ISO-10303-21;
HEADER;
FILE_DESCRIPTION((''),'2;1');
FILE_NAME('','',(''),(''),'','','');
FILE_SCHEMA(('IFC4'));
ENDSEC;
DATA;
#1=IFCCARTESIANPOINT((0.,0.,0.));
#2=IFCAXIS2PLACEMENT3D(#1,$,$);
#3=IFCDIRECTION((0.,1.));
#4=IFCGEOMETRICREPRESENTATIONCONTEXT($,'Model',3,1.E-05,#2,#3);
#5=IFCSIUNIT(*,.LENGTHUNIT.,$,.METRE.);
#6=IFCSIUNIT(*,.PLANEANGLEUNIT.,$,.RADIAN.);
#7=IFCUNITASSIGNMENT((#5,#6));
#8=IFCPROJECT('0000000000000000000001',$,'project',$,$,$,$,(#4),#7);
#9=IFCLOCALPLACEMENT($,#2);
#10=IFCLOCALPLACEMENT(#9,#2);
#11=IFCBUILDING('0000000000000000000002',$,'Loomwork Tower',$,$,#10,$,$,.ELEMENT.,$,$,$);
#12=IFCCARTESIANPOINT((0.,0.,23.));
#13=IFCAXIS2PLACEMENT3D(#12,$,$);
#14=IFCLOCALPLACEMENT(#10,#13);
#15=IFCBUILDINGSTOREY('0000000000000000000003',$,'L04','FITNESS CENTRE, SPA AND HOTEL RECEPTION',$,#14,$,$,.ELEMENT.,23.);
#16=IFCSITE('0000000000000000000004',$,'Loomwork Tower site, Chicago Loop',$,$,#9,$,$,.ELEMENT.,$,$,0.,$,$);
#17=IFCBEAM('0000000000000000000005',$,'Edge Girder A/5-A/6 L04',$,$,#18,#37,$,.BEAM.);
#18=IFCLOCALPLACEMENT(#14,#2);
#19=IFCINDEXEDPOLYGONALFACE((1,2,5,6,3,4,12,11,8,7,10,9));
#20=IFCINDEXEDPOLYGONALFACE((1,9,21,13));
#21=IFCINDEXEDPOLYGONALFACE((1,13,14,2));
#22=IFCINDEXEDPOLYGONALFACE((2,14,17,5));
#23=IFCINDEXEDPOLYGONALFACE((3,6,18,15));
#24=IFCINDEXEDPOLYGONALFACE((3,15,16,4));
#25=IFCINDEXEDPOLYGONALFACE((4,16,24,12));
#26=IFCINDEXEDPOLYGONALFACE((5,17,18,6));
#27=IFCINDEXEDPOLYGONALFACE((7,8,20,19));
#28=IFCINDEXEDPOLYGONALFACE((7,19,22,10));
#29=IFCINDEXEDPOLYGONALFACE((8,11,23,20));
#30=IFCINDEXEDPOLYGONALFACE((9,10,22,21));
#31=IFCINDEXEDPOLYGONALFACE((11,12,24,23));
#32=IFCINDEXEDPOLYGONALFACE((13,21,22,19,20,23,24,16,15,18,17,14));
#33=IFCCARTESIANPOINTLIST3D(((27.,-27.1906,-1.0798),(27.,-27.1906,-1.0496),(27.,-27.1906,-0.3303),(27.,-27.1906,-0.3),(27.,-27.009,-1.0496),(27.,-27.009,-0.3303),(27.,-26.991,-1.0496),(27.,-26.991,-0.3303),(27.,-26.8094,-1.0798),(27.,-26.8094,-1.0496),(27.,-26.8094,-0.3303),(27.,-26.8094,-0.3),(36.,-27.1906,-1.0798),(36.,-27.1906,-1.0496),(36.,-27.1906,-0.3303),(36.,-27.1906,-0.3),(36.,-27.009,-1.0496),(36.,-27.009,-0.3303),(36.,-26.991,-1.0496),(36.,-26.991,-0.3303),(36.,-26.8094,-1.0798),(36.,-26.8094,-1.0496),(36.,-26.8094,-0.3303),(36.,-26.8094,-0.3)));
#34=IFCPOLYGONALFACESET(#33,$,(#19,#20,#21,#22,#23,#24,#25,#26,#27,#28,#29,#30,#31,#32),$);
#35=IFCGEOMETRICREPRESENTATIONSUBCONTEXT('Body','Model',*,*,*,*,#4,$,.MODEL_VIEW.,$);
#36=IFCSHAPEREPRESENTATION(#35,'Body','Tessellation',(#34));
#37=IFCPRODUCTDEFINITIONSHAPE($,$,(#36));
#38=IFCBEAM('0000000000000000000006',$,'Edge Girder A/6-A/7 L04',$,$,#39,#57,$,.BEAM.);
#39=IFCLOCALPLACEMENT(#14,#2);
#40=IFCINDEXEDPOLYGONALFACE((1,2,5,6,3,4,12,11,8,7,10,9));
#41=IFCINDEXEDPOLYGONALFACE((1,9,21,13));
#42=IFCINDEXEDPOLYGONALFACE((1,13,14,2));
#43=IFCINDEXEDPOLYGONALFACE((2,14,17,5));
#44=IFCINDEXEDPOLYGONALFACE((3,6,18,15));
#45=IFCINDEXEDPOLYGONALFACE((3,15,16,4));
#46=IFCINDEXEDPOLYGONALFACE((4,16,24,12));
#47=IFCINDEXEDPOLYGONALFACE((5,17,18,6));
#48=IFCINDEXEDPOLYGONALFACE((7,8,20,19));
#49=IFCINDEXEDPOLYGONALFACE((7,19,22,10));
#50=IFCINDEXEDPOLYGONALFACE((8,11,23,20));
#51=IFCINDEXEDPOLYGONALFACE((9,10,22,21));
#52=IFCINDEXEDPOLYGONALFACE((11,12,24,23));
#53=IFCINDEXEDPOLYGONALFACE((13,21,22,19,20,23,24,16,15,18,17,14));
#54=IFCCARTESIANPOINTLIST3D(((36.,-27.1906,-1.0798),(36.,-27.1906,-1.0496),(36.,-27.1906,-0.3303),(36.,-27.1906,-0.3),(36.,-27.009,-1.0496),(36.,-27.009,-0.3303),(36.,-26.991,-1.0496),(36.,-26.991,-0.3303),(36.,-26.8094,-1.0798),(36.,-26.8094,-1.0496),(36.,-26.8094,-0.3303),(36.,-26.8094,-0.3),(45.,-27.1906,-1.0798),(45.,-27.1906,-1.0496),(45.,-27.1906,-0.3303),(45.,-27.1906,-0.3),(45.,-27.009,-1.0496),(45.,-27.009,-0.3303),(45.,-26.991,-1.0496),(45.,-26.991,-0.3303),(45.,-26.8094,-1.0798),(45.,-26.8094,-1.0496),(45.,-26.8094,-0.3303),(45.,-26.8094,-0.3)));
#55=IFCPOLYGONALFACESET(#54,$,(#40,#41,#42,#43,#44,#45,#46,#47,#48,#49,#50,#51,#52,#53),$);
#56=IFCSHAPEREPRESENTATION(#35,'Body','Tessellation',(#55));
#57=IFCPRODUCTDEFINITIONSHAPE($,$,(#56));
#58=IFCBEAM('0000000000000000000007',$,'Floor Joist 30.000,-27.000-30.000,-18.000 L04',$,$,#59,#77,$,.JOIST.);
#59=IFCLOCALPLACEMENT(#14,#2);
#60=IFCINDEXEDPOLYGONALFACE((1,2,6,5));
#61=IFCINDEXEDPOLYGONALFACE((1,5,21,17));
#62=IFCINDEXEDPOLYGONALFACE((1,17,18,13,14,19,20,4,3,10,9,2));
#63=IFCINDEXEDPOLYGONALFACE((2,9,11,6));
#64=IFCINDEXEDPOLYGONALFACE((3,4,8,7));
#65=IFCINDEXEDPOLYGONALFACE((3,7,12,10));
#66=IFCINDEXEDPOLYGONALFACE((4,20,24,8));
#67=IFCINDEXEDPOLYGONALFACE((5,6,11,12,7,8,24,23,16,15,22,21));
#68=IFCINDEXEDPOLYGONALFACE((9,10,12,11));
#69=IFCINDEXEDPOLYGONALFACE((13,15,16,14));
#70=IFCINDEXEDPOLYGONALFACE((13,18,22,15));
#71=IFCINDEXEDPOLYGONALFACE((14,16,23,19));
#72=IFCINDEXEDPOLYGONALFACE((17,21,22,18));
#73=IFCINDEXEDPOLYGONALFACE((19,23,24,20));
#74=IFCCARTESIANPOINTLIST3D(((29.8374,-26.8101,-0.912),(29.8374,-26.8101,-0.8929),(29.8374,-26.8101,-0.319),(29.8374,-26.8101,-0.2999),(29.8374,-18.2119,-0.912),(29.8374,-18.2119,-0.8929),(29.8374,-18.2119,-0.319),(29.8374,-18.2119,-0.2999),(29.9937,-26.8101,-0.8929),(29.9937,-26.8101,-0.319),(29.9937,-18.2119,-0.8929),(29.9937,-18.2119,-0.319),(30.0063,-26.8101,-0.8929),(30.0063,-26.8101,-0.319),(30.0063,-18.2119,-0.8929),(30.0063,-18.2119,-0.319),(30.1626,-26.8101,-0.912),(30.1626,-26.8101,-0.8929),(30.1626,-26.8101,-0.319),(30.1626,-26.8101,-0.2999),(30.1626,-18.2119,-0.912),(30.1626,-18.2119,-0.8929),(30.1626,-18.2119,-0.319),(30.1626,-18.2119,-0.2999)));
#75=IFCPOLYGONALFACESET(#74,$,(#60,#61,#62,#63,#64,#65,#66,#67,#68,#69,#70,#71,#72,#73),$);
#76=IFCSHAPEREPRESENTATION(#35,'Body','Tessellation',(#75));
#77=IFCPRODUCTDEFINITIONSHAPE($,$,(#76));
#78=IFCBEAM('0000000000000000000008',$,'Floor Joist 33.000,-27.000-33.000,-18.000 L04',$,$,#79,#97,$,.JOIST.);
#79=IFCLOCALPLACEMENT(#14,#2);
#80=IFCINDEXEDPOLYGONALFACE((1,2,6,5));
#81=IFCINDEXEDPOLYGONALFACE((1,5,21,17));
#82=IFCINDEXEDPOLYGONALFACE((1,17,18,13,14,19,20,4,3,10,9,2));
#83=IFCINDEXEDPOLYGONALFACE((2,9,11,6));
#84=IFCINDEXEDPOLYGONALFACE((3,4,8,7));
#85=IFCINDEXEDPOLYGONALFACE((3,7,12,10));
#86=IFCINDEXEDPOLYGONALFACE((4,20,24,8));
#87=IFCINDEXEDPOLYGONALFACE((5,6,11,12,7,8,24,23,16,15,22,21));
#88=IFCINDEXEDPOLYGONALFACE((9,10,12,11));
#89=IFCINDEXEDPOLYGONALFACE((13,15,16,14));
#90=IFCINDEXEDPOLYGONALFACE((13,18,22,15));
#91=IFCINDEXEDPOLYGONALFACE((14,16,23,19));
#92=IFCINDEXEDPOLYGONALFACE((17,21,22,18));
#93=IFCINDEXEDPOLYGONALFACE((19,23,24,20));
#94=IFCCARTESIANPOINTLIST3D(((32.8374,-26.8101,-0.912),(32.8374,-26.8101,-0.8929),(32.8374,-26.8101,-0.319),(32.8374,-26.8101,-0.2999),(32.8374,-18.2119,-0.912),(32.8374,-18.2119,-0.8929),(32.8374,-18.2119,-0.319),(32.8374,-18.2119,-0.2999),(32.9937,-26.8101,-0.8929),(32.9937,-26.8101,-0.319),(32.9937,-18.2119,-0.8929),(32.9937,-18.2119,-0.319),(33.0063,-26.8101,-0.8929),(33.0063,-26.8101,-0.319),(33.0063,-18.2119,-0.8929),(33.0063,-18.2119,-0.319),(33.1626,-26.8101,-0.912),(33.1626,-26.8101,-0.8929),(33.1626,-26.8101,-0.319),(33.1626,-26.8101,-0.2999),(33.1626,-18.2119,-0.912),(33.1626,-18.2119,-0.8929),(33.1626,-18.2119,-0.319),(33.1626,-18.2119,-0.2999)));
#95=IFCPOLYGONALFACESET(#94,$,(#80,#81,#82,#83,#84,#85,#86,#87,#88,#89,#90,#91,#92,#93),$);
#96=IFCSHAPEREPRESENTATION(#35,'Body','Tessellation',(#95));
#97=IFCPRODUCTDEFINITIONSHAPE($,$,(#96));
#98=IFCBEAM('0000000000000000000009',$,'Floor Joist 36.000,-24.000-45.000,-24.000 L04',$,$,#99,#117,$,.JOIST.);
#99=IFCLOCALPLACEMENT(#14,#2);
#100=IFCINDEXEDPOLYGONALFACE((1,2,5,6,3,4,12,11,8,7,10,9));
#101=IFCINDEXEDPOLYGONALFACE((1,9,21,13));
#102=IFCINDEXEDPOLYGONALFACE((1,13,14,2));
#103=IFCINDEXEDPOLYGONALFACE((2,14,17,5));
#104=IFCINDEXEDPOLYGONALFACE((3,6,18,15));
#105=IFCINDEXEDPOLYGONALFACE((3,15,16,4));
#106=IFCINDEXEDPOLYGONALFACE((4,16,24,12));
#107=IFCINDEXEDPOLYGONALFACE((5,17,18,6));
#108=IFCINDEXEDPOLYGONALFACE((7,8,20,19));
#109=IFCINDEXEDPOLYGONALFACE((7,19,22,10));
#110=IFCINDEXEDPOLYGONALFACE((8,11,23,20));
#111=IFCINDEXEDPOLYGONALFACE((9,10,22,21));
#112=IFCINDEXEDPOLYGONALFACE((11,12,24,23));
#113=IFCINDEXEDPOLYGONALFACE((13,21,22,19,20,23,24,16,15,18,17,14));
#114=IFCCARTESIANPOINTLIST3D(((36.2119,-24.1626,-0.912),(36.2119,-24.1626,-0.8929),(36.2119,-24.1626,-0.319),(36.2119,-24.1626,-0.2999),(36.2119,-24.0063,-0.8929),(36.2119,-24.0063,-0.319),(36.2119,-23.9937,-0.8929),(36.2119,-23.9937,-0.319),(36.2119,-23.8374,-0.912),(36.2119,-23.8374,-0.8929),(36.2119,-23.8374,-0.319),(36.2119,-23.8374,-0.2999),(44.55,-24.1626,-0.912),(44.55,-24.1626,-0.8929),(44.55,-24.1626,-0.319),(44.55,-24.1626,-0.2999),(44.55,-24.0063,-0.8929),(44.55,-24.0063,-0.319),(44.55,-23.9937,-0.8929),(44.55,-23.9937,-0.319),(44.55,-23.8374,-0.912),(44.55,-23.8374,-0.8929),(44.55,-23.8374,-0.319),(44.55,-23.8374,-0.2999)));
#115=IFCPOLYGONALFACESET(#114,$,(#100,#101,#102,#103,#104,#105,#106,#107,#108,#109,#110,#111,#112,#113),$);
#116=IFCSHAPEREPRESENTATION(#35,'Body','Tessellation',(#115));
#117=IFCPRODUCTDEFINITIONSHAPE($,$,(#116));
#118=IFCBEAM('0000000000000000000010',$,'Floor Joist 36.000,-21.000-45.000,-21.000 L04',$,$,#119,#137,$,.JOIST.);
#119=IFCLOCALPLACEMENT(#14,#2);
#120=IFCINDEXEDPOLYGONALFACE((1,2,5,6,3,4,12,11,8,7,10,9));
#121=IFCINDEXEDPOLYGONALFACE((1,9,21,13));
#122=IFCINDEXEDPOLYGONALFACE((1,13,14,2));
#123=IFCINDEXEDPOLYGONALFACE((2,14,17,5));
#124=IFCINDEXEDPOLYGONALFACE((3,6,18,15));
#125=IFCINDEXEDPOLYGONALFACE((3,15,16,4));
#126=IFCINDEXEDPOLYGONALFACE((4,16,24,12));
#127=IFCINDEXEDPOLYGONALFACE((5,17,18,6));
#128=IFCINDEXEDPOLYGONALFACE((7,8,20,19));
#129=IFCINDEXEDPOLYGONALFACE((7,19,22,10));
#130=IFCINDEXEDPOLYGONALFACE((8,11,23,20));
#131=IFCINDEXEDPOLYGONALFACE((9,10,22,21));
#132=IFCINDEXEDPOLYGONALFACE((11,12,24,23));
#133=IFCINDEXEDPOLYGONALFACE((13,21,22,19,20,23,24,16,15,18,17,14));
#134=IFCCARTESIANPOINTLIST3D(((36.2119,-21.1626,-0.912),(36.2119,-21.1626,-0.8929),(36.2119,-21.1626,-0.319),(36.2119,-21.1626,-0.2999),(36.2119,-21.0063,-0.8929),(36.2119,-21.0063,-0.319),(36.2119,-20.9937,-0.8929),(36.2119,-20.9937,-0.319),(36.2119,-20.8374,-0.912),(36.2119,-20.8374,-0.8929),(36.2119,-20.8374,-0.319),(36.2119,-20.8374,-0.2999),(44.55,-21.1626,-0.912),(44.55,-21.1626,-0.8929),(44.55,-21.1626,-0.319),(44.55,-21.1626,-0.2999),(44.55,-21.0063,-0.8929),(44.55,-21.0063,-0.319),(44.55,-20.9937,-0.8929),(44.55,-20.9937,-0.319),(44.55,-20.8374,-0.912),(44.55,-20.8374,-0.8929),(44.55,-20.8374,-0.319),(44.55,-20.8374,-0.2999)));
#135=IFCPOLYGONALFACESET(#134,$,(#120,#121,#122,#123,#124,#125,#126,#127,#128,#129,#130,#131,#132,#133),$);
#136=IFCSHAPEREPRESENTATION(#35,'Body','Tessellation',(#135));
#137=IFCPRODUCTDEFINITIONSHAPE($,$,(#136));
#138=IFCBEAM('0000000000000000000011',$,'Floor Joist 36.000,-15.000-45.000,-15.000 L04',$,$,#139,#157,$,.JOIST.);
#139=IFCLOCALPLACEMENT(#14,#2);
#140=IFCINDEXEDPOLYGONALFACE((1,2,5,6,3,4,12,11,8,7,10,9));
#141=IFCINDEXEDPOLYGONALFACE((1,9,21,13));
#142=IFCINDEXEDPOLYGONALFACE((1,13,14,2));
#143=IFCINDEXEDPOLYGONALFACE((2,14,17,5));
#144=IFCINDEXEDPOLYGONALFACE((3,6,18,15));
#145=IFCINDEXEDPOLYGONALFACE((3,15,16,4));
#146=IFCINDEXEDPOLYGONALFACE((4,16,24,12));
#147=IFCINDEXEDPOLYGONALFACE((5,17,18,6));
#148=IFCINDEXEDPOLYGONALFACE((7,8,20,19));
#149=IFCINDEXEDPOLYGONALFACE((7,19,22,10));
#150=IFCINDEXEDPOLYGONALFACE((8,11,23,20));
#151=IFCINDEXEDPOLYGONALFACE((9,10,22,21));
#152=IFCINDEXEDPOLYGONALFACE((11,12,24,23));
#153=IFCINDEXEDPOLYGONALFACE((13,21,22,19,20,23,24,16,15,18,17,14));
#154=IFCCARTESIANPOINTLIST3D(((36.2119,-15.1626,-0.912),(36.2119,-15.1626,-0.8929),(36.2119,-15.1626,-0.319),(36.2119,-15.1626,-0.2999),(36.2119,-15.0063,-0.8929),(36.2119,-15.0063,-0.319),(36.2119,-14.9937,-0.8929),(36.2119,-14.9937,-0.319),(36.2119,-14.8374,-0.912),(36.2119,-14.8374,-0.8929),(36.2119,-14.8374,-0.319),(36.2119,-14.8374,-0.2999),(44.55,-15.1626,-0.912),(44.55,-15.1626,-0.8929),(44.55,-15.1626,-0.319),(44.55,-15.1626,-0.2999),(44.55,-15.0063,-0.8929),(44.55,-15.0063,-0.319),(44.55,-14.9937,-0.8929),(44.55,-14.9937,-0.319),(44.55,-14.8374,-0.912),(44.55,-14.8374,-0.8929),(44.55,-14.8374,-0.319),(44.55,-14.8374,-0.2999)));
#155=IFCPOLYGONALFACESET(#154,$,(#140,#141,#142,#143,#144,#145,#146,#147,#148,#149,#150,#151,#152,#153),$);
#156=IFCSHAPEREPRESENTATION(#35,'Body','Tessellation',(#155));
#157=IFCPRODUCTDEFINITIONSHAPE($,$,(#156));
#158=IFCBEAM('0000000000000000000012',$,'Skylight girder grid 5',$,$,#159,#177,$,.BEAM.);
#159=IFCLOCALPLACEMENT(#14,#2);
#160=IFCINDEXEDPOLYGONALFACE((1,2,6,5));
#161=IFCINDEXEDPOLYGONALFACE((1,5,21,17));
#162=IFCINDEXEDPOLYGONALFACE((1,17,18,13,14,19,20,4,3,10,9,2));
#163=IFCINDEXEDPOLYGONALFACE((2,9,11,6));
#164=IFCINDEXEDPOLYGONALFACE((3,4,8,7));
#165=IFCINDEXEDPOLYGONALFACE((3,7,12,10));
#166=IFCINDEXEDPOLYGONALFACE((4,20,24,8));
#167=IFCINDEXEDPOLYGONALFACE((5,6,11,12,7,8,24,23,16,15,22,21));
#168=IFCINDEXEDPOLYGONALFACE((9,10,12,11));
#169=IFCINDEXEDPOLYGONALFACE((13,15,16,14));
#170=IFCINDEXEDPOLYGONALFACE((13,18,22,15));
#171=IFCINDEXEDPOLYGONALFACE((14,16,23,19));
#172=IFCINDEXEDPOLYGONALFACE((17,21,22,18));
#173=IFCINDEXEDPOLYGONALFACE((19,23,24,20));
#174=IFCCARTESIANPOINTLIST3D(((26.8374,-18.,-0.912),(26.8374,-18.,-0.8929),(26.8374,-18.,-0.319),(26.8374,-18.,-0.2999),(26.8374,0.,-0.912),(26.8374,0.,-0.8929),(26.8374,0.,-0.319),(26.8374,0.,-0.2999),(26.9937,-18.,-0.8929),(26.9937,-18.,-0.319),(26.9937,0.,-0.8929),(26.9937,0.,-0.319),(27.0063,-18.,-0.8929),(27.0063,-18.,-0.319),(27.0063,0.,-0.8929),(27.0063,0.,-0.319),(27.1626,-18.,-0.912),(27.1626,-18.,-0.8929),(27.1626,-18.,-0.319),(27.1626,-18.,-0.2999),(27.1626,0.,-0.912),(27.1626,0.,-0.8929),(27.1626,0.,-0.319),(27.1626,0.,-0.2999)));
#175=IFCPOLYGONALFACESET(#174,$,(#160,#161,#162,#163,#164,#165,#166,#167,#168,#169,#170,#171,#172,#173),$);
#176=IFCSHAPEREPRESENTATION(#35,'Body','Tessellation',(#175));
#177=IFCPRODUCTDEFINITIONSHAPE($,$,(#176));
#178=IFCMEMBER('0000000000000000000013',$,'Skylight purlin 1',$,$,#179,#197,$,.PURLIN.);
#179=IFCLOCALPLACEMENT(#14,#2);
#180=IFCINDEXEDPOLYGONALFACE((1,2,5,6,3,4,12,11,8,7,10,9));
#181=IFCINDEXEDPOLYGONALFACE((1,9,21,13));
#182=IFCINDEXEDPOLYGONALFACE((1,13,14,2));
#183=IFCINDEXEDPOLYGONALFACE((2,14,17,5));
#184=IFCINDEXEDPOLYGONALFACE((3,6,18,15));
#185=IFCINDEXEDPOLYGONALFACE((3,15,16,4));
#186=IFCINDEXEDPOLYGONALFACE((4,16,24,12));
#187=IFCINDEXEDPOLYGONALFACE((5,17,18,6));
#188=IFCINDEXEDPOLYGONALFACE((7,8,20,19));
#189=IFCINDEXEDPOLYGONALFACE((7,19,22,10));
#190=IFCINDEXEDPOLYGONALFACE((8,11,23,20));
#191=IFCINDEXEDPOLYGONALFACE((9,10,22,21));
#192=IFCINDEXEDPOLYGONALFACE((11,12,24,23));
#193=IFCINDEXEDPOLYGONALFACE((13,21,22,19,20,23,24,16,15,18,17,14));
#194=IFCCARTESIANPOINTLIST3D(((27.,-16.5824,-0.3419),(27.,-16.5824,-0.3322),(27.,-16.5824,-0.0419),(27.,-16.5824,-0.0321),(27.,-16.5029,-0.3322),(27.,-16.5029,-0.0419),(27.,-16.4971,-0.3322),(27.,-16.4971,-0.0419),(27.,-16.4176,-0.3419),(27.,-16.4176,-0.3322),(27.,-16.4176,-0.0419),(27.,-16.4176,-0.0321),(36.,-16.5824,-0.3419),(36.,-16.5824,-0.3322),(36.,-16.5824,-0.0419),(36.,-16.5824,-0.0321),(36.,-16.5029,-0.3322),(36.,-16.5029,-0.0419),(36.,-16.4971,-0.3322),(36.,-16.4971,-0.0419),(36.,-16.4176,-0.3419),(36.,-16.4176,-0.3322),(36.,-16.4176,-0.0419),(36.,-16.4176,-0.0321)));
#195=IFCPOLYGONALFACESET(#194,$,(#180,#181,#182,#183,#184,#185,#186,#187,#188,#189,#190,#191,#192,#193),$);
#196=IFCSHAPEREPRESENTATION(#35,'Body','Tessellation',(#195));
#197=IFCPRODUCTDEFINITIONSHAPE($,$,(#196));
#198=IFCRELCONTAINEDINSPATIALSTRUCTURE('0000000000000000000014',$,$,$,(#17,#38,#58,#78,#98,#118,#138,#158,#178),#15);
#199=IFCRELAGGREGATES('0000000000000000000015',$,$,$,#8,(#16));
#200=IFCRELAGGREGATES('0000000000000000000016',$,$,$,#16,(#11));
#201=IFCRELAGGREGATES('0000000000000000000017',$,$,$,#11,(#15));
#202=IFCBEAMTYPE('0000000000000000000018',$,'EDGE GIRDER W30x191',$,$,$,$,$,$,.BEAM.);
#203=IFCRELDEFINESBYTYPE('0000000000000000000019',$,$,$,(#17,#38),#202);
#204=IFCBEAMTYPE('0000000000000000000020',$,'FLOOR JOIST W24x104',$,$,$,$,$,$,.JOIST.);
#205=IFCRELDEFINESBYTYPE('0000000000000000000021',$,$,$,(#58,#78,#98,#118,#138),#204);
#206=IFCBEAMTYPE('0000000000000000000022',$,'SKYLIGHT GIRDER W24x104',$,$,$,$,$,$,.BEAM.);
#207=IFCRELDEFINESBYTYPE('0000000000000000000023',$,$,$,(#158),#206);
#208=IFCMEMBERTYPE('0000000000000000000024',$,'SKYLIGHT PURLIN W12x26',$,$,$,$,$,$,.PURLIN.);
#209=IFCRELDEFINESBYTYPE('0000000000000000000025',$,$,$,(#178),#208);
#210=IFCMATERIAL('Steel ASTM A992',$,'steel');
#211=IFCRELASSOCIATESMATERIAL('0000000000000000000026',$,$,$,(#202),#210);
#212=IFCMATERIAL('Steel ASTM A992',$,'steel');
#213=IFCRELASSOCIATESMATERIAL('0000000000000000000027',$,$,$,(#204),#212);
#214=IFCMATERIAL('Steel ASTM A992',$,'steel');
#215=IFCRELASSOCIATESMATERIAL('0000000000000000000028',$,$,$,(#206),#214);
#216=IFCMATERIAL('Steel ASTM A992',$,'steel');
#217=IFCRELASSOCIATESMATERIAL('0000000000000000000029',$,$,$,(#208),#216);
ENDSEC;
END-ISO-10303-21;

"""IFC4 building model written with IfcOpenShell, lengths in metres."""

from ifc_helpers import new_model, si_unit, direction, frame, origin, origin_2d, place, context, subcontext, project, spatial, i_section, extrude, material, material_profile, profile_set, type_object, element, save


model = new_model("IFC4")

# Units and contexts
model_context = context("Model", 3, precision=1e-05, world=origin(), true_north=direction((0.0, 1.0)))
body_context = subcontext(model_context, "Body", "Model", "MODEL_VIEW")
ifc_project = project(units=[si_unit("LENGTHUNIT", "METRE"), si_unit("PLANEANGLEUNIT", "RADIAN")], contexts=[model_context])

# Site, building, storey
site_placement = place(None, origin())
site = spatial("IfcSite", under=ifc_project, at=site_placement, Name="Loomwork Tower site, Chicago Loop", CompositionType="ELEMENT", RefElevation=0.0)
building_placement = place(site_placement, origin())
building = spatial("IfcBuilding", under=site, at=building_placement, Name="Loomwork Tower", CompositionType="ELEMENT")
storey_placement = place(building_placement, frame((0.0, 0.0, 23.0)))
storey = spatial("IfcBuildingStorey", under=building, at=storey_placement, Name="L04", Description="FITNESS CENTRE, SPA AND HOTEL RECEPTION", CompositionType="ELEMENT", Elevation=23.0)

# Beams
ifc_material_1 = material(Name="Steel ASTM A992", Category="steel")
ifc_material_profile_1 = material_profile(ifc_material_1, i_section(OverallWidth=0.3811, OverallDepth=0.7798, WebThickness=0.0181, FlangeThickness=0.0303, at=origin_2d()), Name="W30x191")
ifc_profile_set_1 = profile_set([ifc_material_profile_1], Name="Steel ASTM A992")
beam_type_1 = type_object("IfcBeamType", Name="EDGE GIRDER W30x191", PredefinedType="BEAM", material=ifc_profile_set_1)
for number, where, z_axis, x_axis, name in (
    (1, (27.0, -27.0, -0.6899), (1.0, 0.0, 0.0), (0.0, 1.0, 0.0), "Edge Girder A/5-A/6 L04"),
    (2, (36.0, -27.0, -0.6899), (1.0, 0.0, 0.0), (0.0, 1.0, 0.0), "Edge Girder A/6-A/7 L04"),
):
    element("IfcBeam", number, at=place(storey_placement, frame(where, z_axis=z_axis, x_axis=x_axis)), inside=storey, type_object=beam_type_1, Name=name, PredefinedType="BEAM", context=body_context, shape_type="SweptSolid", body=[
        extrude(i_section(OverallWidth=0.3811, OverallDepth=0.7798, WebThickness=0.0181, FlangeThickness=0.0303, at=origin_2d()), origin(), (0.0, 0.0, 1.0), 9.0),
    ])
ifc_material_2 = material(Name="Steel ASTM A992", Category="steel")
ifc_material_profile_2 = material_profile(ifc_material_2, i_section(OverallWidth=0.3252, OverallDepth=0.6121, WebThickness=0.0127, FlangeThickness=0.019, at=origin_2d()), Name="W24x104")
ifc_profile_set_2 = profile_set([ifc_material_profile_2], Name="Steel ASTM A992")
beam_type_2 = type_object("IfcBeamType", Name="FLOOR JOIST W24x104", PredefinedType="JOIST", material=ifc_profile_set_2)
for number, where, z_axis, x_axis, name in (
    (3, (30.0, -26.8101, -0.606), (0.0, 1.0, 0.0), (-1.0, 0.0, 0.0), "Floor Joist 30.000,-27.000-30.000,-18.000 L04"),
    (4, (33.0, -26.8101, -0.606), (0.0, 1.0, 0.0), (-1.0, 0.0, 0.0), "Floor Joist 33.000,-27.000-33.000,-18.000 L04"),
):
    element("IfcBeam", number, at=place(storey_placement, frame(where, z_axis=z_axis, x_axis=x_axis)), inside=storey, type_object=beam_type_2, Name=name, PredefinedType="JOIST", context=body_context, shape_type="SweptSolid", body=[
        extrude(i_section(OverallWidth=0.3252, OverallDepth=0.6121, WebThickness=0.0127, FlangeThickness=0.019, at=origin_2d()), origin(), (0.0, 0.0, 1.0), 8.5981),
    ])
for number, where, z_axis, x_axis, name in (
    (5, (36.2119, -24.0, -0.606), (1.0, 0.0, 0.0), (0.0, 1.0, 0.0), "Floor Joist 36.000,-24.000-45.000,-24.000 L04"),
    (6, (36.2119, -21.0, -0.606), (1.0, 0.0, 0.0), (0.0, 1.0, 0.0), "Floor Joist 36.000,-21.000-45.000,-21.000 L04"),
    (7, (36.2119, -15.0, -0.606), (1.0, 0.0, 0.0), (0.0, 1.0, 0.0), "Floor Joist 36.000,-15.000-45.000,-15.000 L04"),
):
    element("IfcBeam", number, at=place(storey_placement, frame(where, z_axis=z_axis, x_axis=x_axis)), inside=storey, type_object=beam_type_2, Name=name, PredefinedType="JOIST", context=body_context, shape_type="SweptSolid", body=[
        extrude(i_section(OverallWidth=0.3252, OverallDepth=0.6121, WebThickness=0.0127, FlangeThickness=0.019, at=origin_2d()), origin(), (0.0, 0.0, 1.0), 8.3381),
    ])
ifc_material_3 = material(Name="Steel ASTM A992", Category="steel")
ifc_material_profile_3 = material_profile(ifc_material_3, i_section(OverallWidth=0.3252, OverallDepth=0.6121, WebThickness=0.0127, FlangeThickness=0.019, at=origin_2d()), Name="W24x104")
ifc_profile_set_3 = profile_set([ifc_material_profile_3], Name="Steel ASTM A992")
beam_type_3 = type_object("IfcBeamType", Name="SKYLIGHT GIRDER W24x104", PredefinedType="BEAM", material=ifc_profile_set_3)
beam_placement = place(storey_placement, frame((27.0, -18.0, -0.606), z_axis=(0.0, 1.0, 0.0), x_axis=(-1.0, 0.0, 0.0)))
element("IfcBeam", 8, at=beam_placement, inside=storey, type_object=beam_type_3, Name="Skylight girder grid 5", PredefinedType="BEAM", context=body_context, shape_type="SweptSolid", body=[
    extrude(i_section(OverallWidth=0.3252, OverallDepth=0.6121, WebThickness=0.0127, FlangeThickness=0.019, at=origin_2d()), origin(), (0.0, 0.0, 1.0), 18.0),
])

# Member
ifc_material_4 = material(Name="Steel ASTM A992", Category="steel")
ifc_material_profile_4 = material_profile(ifc_material_4, i_section(OverallWidth=0.1648, OverallDepth=0.3098, WebThickness=0.0059, FlangeThickness=0.0098, at=origin_2d()), Name="W12x26")
ifc_profile_set_4 = profile_set([ifc_material_profile_4], Name="Steel ASTM A992")
member_type = type_object("IfcMemberType", Name="SKYLIGHT PURLIN W12x26", PredefinedType="PURLIN", material=ifc_profile_set_4)
for number, where, z_axis, x_axis, name in (
    (9, (27.0, -16.5, -0.187), (1.0, 0.0, 0.0), (0.0, 1.0, 0.0), "Skylight purlin 1"),
):
    element("IfcMember", number, at=place(storey_placement, frame(where, z_axis=z_axis, x_axis=x_axis)), inside=storey, type_object=member_type, Name=name, PredefinedType="PURLIN", context=body_context, shape_type="SweptSolid", body=[
        extrude(i_section(OverallWidth=0.1648, OverallDepth=0.3098, WebThickness=0.0059, FlangeThickness=0.0098, at=origin_2d()), origin(), (0.0, 0.0, 1.0), 9.0),
    ])

save(model, "model.ifc")
